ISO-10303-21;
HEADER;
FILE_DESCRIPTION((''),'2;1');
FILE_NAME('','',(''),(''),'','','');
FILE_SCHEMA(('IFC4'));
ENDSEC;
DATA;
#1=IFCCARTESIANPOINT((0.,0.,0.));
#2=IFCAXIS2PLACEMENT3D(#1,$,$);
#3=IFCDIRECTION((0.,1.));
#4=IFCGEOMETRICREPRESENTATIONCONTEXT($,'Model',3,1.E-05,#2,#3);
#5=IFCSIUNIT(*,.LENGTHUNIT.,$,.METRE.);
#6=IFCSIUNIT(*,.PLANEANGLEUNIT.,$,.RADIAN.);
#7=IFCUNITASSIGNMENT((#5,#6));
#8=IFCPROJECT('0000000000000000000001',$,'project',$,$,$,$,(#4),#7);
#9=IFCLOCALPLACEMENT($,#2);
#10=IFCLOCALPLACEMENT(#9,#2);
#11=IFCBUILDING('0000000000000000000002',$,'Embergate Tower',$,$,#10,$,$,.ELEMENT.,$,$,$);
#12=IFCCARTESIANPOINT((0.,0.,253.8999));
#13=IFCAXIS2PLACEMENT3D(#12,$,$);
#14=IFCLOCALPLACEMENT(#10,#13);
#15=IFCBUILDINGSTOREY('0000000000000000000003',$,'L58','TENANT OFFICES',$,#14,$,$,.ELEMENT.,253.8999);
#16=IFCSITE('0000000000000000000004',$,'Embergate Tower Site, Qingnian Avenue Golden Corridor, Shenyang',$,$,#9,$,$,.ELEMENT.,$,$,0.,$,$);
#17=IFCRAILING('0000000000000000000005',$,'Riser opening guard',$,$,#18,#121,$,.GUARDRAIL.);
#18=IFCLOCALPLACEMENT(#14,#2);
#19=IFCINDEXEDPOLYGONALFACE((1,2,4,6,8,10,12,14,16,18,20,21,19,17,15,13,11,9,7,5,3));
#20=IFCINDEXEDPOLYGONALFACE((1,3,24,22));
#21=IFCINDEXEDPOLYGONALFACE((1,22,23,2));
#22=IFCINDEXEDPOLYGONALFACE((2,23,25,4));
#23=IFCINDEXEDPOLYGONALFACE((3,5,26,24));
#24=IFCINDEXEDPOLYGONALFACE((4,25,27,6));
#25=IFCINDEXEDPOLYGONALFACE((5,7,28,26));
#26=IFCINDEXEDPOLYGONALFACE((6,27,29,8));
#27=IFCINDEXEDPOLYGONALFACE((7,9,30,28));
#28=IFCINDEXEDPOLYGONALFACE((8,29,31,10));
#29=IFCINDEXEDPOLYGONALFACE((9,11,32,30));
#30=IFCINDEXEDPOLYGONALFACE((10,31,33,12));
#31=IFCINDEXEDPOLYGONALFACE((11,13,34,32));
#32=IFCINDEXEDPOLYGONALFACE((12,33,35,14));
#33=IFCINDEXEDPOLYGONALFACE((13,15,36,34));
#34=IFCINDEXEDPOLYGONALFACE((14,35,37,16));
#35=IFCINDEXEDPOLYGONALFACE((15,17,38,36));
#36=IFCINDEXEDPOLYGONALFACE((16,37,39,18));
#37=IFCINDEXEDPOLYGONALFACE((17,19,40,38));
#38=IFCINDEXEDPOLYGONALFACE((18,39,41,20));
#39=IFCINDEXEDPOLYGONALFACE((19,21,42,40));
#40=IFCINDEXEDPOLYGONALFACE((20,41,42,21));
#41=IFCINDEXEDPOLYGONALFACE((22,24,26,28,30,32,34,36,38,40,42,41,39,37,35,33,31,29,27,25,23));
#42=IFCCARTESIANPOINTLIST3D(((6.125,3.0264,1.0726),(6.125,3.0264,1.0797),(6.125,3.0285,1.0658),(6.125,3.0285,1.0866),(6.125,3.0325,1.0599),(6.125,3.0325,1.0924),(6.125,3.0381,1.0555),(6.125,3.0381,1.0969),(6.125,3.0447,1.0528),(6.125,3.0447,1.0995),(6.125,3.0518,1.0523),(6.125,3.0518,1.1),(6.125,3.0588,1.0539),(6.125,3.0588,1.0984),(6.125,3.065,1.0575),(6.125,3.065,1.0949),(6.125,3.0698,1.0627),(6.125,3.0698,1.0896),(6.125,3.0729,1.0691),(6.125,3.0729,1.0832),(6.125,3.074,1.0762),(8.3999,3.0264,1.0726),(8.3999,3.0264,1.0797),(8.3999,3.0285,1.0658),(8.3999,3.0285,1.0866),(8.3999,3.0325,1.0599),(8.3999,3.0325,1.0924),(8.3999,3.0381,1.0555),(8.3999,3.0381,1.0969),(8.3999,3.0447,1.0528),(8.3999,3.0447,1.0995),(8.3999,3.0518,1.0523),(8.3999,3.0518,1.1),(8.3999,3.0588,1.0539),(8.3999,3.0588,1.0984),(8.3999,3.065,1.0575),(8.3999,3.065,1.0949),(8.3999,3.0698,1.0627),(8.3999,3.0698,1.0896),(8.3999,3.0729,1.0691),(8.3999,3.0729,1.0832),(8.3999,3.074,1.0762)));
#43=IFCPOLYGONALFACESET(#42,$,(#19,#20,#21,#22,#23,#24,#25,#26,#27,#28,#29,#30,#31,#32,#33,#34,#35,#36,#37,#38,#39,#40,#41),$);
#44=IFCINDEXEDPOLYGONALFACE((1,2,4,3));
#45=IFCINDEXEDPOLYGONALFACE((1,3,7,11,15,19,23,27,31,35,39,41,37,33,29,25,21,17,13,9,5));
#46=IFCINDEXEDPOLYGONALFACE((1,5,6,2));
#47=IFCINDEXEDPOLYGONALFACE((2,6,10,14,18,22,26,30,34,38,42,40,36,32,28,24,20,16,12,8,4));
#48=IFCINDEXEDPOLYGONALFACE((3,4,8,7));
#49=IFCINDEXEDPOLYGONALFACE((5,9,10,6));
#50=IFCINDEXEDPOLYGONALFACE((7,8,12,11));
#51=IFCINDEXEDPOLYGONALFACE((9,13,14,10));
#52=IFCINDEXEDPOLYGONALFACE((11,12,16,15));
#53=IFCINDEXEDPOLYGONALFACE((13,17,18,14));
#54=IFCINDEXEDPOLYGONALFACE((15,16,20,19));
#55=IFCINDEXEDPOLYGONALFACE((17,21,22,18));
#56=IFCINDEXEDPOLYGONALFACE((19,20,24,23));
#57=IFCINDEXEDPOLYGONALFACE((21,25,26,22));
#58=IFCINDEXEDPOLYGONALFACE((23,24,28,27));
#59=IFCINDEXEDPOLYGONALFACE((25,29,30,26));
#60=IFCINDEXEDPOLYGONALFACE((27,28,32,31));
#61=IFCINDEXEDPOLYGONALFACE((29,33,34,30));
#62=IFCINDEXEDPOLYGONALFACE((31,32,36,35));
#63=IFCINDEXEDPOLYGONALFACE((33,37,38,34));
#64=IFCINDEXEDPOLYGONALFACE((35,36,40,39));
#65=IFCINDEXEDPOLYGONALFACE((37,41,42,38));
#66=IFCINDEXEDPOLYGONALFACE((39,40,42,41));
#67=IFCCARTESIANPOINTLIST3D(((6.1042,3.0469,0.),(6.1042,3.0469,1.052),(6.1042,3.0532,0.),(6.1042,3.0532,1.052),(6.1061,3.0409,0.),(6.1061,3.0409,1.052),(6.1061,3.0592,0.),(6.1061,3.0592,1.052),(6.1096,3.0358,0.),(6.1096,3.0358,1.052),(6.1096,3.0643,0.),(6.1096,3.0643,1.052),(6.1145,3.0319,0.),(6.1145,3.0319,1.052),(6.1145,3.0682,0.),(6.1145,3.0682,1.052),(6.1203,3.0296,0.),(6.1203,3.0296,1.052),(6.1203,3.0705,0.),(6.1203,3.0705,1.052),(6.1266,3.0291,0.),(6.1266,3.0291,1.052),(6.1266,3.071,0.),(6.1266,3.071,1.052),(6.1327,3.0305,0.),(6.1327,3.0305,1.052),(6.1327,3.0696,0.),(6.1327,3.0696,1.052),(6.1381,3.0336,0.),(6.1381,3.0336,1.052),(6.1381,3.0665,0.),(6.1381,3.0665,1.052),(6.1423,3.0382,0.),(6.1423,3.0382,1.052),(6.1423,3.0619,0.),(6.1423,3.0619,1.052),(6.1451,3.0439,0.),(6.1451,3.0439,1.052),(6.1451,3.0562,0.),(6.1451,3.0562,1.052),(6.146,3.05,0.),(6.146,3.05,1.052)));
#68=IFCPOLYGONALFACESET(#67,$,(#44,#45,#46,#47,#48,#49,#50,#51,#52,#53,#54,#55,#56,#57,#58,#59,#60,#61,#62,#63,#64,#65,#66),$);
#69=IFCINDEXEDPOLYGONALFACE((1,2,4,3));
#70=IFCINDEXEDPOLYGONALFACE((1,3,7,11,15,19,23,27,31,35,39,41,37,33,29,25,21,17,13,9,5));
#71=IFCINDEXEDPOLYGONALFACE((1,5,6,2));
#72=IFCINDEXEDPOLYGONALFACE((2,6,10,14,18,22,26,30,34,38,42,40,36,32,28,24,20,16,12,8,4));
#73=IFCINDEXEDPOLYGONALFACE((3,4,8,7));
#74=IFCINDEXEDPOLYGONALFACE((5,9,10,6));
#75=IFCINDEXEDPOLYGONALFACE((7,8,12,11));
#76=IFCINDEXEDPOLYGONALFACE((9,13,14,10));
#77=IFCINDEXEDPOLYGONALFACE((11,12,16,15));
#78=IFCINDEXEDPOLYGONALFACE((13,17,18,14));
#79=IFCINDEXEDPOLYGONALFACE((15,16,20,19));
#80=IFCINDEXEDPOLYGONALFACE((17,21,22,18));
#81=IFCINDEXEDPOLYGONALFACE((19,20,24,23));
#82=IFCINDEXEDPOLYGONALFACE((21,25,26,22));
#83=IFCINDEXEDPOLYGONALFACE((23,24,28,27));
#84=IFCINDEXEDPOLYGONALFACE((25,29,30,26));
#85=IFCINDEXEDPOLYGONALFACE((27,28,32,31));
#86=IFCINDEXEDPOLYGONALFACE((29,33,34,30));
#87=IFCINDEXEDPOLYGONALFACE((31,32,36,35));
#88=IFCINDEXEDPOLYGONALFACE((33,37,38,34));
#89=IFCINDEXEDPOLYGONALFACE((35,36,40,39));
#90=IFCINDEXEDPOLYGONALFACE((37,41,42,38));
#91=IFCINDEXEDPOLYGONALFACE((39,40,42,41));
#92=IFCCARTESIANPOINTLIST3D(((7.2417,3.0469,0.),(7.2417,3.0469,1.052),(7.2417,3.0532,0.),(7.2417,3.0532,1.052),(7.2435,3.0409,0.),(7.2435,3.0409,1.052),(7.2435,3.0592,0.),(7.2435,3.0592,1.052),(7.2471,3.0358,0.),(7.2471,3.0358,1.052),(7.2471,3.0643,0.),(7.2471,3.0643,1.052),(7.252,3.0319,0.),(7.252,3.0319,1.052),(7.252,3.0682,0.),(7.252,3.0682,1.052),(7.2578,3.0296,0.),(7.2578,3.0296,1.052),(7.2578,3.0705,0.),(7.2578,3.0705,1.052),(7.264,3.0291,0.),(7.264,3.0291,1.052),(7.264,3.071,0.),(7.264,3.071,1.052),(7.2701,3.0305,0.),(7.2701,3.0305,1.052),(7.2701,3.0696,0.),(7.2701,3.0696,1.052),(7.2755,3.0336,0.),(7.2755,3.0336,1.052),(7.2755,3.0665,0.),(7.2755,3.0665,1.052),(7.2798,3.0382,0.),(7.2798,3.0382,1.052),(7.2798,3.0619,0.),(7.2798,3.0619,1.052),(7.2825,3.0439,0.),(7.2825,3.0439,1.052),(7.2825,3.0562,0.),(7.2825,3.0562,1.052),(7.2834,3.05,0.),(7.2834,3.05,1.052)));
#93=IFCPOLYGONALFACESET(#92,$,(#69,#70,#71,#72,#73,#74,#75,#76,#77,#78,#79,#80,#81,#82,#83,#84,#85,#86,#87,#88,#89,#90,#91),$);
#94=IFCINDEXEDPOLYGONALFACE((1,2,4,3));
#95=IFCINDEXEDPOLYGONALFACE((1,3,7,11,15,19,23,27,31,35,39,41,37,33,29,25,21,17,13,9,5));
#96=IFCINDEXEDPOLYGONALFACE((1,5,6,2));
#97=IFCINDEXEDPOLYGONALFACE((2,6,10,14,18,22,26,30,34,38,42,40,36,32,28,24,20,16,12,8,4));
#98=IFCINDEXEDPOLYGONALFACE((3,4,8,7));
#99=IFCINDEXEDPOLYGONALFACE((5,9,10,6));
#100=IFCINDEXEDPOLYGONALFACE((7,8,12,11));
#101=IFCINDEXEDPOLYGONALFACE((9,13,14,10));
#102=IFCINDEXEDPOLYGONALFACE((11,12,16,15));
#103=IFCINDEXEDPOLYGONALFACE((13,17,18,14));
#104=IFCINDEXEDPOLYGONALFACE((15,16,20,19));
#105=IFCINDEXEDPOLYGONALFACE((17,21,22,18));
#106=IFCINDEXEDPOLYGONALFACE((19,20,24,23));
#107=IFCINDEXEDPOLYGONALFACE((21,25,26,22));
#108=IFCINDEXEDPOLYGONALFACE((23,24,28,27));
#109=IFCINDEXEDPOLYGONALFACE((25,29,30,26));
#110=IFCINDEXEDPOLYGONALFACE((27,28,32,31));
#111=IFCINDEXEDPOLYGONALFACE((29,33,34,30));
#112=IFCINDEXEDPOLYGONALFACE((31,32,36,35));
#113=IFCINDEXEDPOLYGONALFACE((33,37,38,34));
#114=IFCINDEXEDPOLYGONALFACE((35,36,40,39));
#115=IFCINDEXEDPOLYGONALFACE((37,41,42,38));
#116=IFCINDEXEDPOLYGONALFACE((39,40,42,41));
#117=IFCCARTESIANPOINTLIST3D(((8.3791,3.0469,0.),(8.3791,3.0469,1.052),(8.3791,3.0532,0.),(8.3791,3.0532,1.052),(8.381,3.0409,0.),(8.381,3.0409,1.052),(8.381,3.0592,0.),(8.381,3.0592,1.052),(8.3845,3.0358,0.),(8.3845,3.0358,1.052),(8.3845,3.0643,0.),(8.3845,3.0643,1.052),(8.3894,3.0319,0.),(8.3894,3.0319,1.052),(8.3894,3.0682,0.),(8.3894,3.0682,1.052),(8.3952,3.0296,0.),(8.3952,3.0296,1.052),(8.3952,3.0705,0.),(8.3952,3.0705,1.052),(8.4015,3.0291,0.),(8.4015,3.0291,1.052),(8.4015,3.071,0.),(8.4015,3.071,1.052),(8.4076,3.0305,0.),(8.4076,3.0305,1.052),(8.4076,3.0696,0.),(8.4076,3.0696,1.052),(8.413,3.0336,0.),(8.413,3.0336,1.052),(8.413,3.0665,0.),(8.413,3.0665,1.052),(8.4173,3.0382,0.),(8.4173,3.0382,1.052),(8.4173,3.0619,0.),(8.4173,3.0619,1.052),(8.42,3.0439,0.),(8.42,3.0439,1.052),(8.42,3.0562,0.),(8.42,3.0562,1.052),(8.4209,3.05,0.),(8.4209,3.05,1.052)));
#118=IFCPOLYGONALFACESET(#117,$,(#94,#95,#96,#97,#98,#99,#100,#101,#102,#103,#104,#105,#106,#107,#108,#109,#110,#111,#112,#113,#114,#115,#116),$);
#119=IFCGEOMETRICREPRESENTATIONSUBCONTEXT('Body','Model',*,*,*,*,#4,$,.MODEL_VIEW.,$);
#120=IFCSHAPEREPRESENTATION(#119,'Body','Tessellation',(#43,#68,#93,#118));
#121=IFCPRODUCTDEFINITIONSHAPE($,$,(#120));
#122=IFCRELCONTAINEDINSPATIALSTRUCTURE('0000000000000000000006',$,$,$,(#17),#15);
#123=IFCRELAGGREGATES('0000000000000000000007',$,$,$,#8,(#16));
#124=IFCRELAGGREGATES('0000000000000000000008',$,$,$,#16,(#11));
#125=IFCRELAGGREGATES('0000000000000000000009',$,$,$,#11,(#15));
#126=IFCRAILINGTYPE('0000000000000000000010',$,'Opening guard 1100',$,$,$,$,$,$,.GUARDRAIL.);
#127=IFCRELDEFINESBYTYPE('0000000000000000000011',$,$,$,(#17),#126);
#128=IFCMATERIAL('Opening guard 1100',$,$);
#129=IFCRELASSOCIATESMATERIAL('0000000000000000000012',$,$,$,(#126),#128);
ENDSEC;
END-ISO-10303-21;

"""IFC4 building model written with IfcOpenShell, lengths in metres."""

from ifc_helpers import new_model, si_unit, direction, frame, origin, origin_2d, place, context, subcontext, project, spatial, circle, extrude, source, transform, mapped, material, type_object, element, save


model = new_model("IFC4")

# Units and contexts
model_context = context("Model", 3, precision=1e-05, world=origin(), true_north=direction((0.0, 1.0)))
body_context = subcontext(model_context, "Body", "Model", "MODEL_VIEW")
ifc_project = project(units=[si_unit("LENGTHUNIT", "METRE"), si_unit("PLANEANGLEUNIT", "RADIAN")], contexts=[model_context])

# Site, building, storey
site_placement = place(None, origin())
site = spatial("IfcSite", under=ifc_project, at=site_placement, Name="Embergate Tower Site, Qingnian Avenue Golden Corridor, Shenyang", CompositionType="ELEMENT", RefElevation=0.0)
building_placement = place(site_placement, origin())
building = spatial("IfcBuilding", under=site, at=building_placement, Name="Embergate Tower", CompositionType="ELEMENT")
storey_placement = place(building_placement, frame((0.0, 0.0, 253.8999)))
storey = spatial("IfcBuildingStorey", under=building, at=storey_placement, Name="L58", Description="TENANT OFFICES", CompositionType="ELEMENT", Elevation=253.8999)

# Railing
ifc_material_1 = material(Name="Opening guard 1100")
railing_type_1 = type_object("IfcRailingType", Name="Opening guard 1100", PredefinedType="GUARDRAIL", material=ifc_material_1)
shared_shape_1 = source(origin(), body_context, "Body", "SweptSolid", [
    extrude(circle(Radius=0.0239, at=origin_2d()), frame((0.0, 0.0, 1.0762), z_axis=(1.0, 0.0, 0.0), x_axis=(0.0, 1.0, 0.0)), (0.0, 0.0, 1.0), 2.2749),
    extrude(circle(Radius=0.021, at=origin_2d()), origin(), (0.0, 0.0, 1.0), 1.052),
    extrude(circle(Radius=0.021, at=origin_2d()), frame((1.1375, 0.0, 0.0)), (0.0, 0.0, 1.0), 1.052),
    extrude(circle(Radius=0.021, at=origin_2d()), frame((2.2749, 0.0, 0.0)), (0.0, 0.0, 1.0), 1.052),
])
railing_1_placement = place(storey_placement, frame((6.125, 3.05, 0.0)))
element("IfcRailing", 1, at=railing_1_placement, inside=storey, type_object=railing_type_1, Name="Riser opening guard", PredefinedType="GUARDRAIL", context=body_context, shape_type="MappedRepresentation", body=[
    mapped(shared_shape_1, transform((0.0, 0.0, 0.0))),
])

save(model, "model.ifc")
